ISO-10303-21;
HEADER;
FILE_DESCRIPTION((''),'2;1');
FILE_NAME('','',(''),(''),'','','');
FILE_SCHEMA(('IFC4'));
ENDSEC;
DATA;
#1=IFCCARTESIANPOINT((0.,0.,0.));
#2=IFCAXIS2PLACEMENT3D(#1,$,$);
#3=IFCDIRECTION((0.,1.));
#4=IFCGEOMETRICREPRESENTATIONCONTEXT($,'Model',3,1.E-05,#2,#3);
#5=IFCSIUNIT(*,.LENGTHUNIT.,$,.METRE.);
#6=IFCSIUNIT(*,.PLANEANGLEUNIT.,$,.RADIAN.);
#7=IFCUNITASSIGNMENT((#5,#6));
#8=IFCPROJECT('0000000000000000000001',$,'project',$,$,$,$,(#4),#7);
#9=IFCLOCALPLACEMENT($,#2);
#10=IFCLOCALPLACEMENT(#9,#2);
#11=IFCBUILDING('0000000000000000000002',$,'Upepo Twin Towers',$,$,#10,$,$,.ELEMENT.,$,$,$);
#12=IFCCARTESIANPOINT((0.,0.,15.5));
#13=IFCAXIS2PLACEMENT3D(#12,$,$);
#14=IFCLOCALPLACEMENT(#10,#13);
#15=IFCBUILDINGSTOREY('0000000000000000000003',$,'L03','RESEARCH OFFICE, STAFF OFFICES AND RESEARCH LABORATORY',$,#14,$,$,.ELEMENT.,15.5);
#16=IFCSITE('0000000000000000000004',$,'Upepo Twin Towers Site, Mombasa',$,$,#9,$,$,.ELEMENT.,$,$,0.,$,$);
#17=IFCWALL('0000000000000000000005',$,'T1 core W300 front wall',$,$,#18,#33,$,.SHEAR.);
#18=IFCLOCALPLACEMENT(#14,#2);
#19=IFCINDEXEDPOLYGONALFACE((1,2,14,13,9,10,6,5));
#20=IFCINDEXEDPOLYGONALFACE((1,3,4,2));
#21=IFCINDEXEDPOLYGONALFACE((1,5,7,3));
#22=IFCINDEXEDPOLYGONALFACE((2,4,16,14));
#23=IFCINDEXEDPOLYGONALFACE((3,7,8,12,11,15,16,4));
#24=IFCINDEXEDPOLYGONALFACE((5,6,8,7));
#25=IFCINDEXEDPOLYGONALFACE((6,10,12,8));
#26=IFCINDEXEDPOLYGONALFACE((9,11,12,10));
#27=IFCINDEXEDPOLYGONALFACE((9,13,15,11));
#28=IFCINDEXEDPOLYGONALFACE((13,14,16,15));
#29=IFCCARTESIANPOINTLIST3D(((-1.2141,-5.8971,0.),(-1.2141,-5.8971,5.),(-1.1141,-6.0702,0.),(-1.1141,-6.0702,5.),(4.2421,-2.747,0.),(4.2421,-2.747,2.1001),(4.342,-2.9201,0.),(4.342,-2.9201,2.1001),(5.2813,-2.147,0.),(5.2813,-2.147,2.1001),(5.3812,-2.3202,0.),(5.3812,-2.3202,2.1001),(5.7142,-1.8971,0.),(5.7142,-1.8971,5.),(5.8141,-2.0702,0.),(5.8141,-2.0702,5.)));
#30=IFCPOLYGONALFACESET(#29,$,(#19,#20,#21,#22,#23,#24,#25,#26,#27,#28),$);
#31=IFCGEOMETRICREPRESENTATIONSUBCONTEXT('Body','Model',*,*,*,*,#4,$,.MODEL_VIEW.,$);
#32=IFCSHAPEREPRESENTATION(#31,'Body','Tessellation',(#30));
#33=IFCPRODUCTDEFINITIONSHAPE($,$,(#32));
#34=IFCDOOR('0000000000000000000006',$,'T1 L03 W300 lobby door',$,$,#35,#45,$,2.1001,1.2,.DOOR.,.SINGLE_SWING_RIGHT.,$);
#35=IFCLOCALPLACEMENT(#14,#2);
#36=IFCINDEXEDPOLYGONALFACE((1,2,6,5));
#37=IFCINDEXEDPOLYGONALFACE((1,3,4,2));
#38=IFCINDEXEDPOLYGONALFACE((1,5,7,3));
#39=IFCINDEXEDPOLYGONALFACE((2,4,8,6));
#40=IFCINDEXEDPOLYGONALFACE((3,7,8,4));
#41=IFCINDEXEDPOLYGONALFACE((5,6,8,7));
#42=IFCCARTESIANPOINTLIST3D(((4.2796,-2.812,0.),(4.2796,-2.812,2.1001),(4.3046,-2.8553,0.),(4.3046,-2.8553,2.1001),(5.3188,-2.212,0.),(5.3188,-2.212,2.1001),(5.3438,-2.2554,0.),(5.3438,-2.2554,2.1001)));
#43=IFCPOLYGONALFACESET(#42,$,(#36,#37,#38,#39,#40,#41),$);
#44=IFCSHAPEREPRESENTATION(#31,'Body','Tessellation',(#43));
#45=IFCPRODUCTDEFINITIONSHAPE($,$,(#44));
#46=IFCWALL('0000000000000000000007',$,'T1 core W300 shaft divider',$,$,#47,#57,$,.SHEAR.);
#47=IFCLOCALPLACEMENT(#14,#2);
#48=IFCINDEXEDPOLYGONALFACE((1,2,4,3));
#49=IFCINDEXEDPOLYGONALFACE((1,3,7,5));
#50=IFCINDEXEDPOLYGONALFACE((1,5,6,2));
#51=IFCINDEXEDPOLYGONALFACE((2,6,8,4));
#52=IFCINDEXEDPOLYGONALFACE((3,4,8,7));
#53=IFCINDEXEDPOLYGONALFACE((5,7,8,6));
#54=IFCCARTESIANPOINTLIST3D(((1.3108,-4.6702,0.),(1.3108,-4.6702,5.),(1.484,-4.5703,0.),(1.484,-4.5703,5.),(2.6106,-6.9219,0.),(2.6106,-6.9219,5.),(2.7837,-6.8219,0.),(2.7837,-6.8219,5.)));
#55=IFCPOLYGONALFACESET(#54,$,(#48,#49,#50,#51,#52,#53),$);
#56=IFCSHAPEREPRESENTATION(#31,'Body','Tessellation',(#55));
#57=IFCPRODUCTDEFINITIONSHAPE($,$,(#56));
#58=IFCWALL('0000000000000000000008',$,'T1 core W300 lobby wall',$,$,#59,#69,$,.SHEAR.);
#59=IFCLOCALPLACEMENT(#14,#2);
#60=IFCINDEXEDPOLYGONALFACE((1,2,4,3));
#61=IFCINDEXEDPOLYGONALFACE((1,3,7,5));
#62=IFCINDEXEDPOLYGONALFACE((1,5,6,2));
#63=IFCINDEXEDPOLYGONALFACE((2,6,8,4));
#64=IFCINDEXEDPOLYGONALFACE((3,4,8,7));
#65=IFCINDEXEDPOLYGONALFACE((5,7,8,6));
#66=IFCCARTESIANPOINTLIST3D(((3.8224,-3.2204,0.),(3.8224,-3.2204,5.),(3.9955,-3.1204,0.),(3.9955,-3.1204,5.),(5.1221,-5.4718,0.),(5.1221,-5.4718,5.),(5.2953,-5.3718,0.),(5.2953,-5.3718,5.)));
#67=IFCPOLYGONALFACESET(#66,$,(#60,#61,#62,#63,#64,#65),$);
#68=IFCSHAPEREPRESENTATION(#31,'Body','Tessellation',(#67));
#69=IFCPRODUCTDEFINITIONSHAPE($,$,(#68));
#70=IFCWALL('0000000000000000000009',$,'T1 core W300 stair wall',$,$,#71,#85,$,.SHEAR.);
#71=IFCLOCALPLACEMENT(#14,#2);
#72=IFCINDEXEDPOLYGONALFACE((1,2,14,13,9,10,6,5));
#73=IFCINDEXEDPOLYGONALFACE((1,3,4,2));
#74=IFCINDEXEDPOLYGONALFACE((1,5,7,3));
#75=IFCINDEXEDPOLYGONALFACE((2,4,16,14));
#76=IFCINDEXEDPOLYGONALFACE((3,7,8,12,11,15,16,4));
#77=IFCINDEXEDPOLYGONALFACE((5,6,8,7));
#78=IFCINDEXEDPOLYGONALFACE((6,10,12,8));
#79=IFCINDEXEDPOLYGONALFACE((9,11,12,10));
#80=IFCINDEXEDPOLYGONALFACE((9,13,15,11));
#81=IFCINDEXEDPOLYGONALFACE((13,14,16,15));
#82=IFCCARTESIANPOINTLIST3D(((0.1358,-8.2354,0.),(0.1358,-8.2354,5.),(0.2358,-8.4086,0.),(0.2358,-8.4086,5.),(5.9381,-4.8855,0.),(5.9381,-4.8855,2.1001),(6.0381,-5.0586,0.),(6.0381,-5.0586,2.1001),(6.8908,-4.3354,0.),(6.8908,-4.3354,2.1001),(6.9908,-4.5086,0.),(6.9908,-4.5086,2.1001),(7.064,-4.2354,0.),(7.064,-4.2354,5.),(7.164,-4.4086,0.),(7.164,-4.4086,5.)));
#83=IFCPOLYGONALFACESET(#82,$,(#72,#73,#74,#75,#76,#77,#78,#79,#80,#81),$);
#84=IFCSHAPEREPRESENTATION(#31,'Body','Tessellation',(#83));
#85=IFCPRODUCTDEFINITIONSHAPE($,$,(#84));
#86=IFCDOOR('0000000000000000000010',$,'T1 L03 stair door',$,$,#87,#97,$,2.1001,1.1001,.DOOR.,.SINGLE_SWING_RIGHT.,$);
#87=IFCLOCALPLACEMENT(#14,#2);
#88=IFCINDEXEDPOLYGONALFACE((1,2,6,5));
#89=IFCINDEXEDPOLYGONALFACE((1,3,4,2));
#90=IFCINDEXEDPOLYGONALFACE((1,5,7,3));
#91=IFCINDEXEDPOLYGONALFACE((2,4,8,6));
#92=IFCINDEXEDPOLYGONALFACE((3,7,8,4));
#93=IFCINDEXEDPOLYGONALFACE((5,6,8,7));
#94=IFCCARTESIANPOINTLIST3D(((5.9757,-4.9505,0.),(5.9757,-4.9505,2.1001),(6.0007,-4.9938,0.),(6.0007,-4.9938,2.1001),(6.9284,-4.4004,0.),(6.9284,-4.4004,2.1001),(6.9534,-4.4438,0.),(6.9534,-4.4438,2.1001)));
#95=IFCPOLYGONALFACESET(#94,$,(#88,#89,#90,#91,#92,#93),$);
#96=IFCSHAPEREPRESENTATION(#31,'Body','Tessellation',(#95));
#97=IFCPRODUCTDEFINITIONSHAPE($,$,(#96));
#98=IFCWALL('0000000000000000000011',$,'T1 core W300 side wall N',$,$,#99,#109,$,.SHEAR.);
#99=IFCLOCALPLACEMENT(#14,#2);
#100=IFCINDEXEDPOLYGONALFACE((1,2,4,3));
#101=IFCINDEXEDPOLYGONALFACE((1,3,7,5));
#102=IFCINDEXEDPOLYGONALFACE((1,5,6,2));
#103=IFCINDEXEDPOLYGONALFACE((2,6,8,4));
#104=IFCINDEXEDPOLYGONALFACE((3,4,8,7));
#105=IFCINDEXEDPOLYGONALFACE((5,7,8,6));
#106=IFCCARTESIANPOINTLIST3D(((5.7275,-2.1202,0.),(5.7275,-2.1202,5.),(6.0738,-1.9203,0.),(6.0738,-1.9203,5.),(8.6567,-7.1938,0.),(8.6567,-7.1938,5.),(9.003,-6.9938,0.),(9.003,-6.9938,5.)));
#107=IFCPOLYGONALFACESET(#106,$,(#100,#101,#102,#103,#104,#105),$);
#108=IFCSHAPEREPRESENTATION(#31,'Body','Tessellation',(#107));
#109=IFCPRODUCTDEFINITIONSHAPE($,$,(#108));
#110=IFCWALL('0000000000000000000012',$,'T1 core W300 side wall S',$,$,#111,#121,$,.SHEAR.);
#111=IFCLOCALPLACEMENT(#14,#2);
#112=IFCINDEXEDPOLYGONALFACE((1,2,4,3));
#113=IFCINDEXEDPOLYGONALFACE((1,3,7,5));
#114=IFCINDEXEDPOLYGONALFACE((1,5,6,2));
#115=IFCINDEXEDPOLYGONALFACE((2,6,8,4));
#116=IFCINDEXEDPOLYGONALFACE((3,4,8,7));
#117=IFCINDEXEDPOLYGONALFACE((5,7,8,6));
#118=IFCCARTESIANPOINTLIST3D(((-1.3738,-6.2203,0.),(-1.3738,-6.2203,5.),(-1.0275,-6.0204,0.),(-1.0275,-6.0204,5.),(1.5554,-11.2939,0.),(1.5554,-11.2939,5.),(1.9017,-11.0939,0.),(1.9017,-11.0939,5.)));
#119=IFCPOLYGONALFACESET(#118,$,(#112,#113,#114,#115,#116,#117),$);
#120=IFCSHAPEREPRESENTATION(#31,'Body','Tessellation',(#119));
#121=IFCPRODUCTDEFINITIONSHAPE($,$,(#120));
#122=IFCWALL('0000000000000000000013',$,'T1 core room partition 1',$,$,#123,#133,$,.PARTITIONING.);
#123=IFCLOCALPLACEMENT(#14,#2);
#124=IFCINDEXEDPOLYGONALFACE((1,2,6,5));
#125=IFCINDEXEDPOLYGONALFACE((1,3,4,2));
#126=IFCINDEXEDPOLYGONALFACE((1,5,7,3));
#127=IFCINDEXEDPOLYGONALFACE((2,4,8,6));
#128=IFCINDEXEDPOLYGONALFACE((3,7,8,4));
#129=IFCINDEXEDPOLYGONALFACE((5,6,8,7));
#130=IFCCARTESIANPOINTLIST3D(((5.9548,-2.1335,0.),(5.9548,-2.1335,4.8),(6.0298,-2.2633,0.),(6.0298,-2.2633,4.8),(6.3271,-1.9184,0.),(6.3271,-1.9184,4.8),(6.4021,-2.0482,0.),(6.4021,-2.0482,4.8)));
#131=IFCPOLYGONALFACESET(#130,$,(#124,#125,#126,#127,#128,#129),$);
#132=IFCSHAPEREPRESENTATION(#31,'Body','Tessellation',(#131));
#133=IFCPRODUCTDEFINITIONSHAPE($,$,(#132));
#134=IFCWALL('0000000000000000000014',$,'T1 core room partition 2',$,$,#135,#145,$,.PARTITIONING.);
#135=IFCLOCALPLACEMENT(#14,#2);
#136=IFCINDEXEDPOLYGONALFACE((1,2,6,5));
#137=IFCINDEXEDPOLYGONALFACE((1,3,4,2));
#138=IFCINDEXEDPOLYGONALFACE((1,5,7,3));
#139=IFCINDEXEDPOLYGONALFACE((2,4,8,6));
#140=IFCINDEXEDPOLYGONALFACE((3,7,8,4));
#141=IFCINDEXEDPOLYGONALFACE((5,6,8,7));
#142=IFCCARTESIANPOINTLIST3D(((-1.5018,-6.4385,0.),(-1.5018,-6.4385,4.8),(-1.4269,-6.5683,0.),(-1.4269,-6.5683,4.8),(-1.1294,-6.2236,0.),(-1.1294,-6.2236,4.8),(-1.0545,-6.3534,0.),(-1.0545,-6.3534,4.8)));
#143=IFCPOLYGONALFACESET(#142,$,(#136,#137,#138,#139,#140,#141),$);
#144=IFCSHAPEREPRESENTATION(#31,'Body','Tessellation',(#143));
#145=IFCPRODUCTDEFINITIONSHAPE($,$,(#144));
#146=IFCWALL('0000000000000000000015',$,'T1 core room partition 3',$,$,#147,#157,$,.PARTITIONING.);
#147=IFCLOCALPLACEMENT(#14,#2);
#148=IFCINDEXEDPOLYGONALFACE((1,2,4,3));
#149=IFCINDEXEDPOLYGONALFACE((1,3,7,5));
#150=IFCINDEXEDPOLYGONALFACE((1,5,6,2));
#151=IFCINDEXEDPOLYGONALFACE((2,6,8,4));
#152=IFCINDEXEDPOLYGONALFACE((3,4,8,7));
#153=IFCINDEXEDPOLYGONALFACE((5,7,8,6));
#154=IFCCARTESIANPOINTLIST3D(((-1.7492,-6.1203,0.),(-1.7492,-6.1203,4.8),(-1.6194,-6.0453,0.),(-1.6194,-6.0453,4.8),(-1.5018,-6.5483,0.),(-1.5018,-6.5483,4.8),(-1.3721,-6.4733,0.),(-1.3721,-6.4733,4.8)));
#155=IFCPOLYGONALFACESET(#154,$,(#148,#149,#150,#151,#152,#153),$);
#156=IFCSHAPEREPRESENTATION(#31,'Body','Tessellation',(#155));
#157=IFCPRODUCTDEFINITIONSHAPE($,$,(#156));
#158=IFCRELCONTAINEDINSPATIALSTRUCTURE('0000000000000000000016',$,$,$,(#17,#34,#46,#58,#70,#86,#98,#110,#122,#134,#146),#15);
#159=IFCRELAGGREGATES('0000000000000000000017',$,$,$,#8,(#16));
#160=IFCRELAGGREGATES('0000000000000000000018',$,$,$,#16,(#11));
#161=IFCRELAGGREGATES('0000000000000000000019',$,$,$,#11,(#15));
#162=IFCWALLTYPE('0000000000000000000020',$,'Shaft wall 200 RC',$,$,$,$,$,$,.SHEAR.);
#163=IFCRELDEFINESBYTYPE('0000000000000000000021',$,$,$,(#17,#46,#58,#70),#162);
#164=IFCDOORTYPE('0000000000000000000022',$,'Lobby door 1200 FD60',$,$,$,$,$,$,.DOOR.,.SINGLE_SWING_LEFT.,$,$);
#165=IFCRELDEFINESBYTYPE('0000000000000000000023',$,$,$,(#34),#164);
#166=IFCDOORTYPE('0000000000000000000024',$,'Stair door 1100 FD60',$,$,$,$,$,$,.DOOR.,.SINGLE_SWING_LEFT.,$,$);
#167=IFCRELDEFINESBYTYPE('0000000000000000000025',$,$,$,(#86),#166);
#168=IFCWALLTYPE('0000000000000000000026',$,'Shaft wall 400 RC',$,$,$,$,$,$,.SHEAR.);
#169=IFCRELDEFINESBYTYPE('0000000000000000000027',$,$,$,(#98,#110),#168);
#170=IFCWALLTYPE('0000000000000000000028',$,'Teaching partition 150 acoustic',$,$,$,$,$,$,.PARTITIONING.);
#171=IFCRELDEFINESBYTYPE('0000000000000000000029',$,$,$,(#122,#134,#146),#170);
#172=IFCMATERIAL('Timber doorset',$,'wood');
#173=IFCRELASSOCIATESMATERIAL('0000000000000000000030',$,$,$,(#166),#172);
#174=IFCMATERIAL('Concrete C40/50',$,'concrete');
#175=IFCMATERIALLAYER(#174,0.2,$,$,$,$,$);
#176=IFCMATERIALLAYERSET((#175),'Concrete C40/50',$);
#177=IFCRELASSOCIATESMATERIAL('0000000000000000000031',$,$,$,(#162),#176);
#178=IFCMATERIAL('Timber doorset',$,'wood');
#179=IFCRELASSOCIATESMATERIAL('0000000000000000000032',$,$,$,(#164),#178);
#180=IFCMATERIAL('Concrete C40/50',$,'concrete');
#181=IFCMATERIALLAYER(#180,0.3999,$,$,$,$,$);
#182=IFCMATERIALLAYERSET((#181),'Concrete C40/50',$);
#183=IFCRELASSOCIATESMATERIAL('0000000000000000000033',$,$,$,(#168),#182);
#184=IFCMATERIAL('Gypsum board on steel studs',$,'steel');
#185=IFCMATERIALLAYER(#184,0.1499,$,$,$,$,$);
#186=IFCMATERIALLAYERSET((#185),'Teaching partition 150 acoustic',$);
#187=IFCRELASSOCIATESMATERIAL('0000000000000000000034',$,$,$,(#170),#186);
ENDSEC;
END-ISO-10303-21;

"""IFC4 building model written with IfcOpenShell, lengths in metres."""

from ifc_helpers import new_model, si_unit, direction, frame, frame_2d, origin, place, context, subcontext, project, spatial, rectangle, extrude, material, layer, layer_set, type_object, element, fill, save


model = new_model("IFC4")

# Units and contexts
model_context = context("Model", 3, precision=1e-05, world=origin(), true_north=direction((0.0, 1.0)))
body_context = subcontext(model_context, "Body", "Model", "MODEL_VIEW")
ifc_project = project(units=[si_unit("LENGTHUNIT", "METRE"), si_unit("PLANEANGLEUNIT", "RADIAN")], contexts=[model_context])

# Site, building, storey
site_placement = place(None, origin())
site = spatial("IfcSite", under=ifc_project, at=site_placement, Name="Upepo Twin Towers Site, Mombasa", CompositionType="ELEMENT", RefElevation=0.0)
building_placement = place(site_placement, origin())
building = spatial("IfcBuilding", under=site, at=building_placement, Name="Upepo Twin Towers", CompositionType="ELEMENT")
storey_placement = place(building_placement, frame((0.0, 0.0, 15.5)))
storey = spatial("IfcBuildingStorey", under=building, at=storey_placement, Name="L03", Description="RESEARCH OFFICE, STAFF OFFICES AND RESEARCH LABORATORY", CompositionType="ELEMENT", Elevation=15.5)

# Shared definitions
ifc_material_1 = material(Name="Timber doorset", Category="wood")
door_type_1 = type_object("IfcDoorType", Name="Stair door 1100 FD60", OperationType="SINGLE_SWING_LEFT", PredefinedType="DOOR", material=ifc_material_1)

# Wall, opening, door
ifc_material_2 = material(Name="Concrete C40/50", Category="concrete")
ifc_layer_1 = layer(ifc_material_2, 0.2)
ifc_layer_set_1 = layer_set([ifc_layer_1], Name="Concrete C40/50")
wall_type_1 = type_object("IfcWallType", Name="Shaft wall 200 RC", PredefinedType="SHEAR", material=ifc_layer_set_1)
wall_1_placement = place(storey_placement, frame((-1.1641, -5.9836, 0.0), z_axis=(0.0, 0.0, 1.0), x_axis=(0.866026, 0.499999, 0.0)))
wall_1 = element("IfcWall", 1, at=wall_1_placement, inside=storey, type_object=wall_type_1, Name="T1 core W300 front wall", PredefinedType="SHEAR", context=body_context, shape_type="SweptSolid", body=[
    extrude(rectangle(XDim=8.0, YDim=0.2, at=frame_2d((4.0, 0.0))), origin(), (0.0, 0.0, 1.0), 5.0),
])
opening_1_placement = place(wall_1_placement, frame((6.3, 0.0, 0.0)))
opening_1 = element("IfcOpeningElement", 2, at=opening_1_placement, cuts=wall_1, PredefinedType="OPENING", context=body_context, shape_type="SweptSolid", body=[
    extrude(rectangle(XDim=1.2, YDim=2.1001, at=frame_2d((0.6001, 1.05))), frame((0.0, 0.1099, 0.0), z_axis=(0.0, -1.0, 0.0), x_axis=(1.0, 0.0, 0.0)), (0.0, 0.0, 1.0), 0.22),
])
ifc_material_3 = material(Name="Timber doorset", Category="wood")
door_type_2 = type_object("IfcDoorType", Name="Lobby door 1200 FD60", OperationType="SINGLE_SWING_LEFT", PredefinedType="DOOR", material=ifc_material_3)
door_1_placement = place(opening_1_placement, origin())
door_1 = element("IfcDoor", 3, at=door_1_placement, inside=storey, type_object=door_type_2, Name="T1 L03 W300 lobby door", OperationType="SINGLE_SWING_RIGHT", OverallHeight=2.1001, OverallWidth=1.2, PredefinedType="DOOR", context=body_context, shape_type="SweptSolid", body=[
    extrude(rectangle(XDim=1.2, YDim=2.1001, at=frame_2d((0.6001, 1.05))), frame((0.0, 0.0249, 0.0), z_axis=(0.0, -1.0, 0.0), x_axis=(1.0, 0.0, 0.0)), (0.0, 0.0, 1.0), 0.05),
])
fill(opening_1, door_1)

# Walls
wall_2_placement = place(storey_placement, frame((1.3975, -4.6204, 0.0), z_axis=(0.0, 0.0, 1.0), x_axis=(0.499937, -0.866062, 0.0)))
element("IfcWall", 4, at=wall_2_placement, inside=storey, type_object=wall_type_1, Name="T1 core W300 shaft divider", PredefinedType="SHEAR", context=body_context, shape_type="SweptSolid", body=[
    extrude(rectangle(XDim=2.5999, YDim=0.2, at=frame_2d((1.2998, 0.0))), origin(), (0.0, 0.0, 1.0), 5.0),
])
wall_3_placement = place(storey_placement, frame((3.9089, -3.1704, 0.0), z_axis=(0.0, 0.0, 1.0), x_axis=(0.499977, -0.866039, 0.0)))
element("IfcWall", 5, at=wall_3_placement, inside=storey, type_object=wall_type_1, Name="T1 core W300 lobby wall", PredefinedType="SHEAR", context=body_context, shape_type="SweptSolid", body=[
    extrude(rectangle(XDim=2.5996, YDim=0.2, at=frame_2d((1.2998, 0.0))), origin(), (0.0, 0.0, 1.0), 5.0),
])

# Wall, opening, door
wall_4_placement = place(storey_placement, frame((0.1858, -8.322, 0.0), z_axis=(0.0, 0.0, 1.0), x_axis=(0.866026, 0.499999, 0.0)))
wall_4 = element("IfcWall", 6, at=wall_4_placement, inside=storey, type_object=wall_type_1, Name="T1 core W300 stair wall", PredefinedType="SHEAR", context=body_context, shape_type="SweptSolid", body=[
    extrude(rectangle(XDim=8.0, YDim=0.2, at=frame_2d((4.0, 0.0))), origin(), (0.0, 0.0, 1.0), 5.0),
])
opening_2_placement = place(wall_4_placement, frame((6.7, 0.0, 0.0)))
opening_2 = element("IfcOpeningElement", 7, at=opening_2_placement, cuts=wall_4, PredefinedType="OPENING", context=body_context, shape_type="SweptSolid", body=[
    extrude(rectangle(XDim=1.1001, YDim=2.1001, at=frame_2d((0.55, 1.05))), frame((0.0, 0.1099, 0.0), z_axis=(0.0, -1.0, 0.0), x_axis=(1.0, 0.0, 0.0)), (0.0, 0.0, 1.0), 0.22),
])
door_2_placement = place(opening_2_placement, origin())
door_2 = element("IfcDoor", 8, at=door_2_placement, inside=storey, type_object=door_type_1, Name="T1 L03 stair door", OperationType="SINGLE_SWING_RIGHT", OverallHeight=2.1001, OverallWidth=1.1001, PredefinedType="DOOR", context=body_context, shape_type="SweptSolid", body=[
    extrude(rectangle(XDim=1.1001, YDim=2.1001, at=frame_2d((0.55, 1.05))), frame((0.0, 0.0249, 0.0), z_axis=(0.0, -1.0, 0.0), x_axis=(1.0, 0.0, 0.0)), (0.0, 0.0, 1.0), 0.05),
])
fill(opening_2, door_2)

# Walls
ifc_material_4 = material(Name="Concrete C40/50", Category="concrete")
ifc_layer_2 = layer(ifc_material_4, 0.3999)
ifc_layer_set_2 = layer_set([ifc_layer_2], Name="Concrete C40/50")
wall_type_2 = type_object("IfcWallType", Name="Shaft wall 400 RC", PredefinedType="SHEAR", material=ifc_layer_set_2)
for number, where, z_axis, x_axis, name in (
    (9, (5.9006, -2.0203, 0.0), (0.0, 0.0, 1.0), (0.500003, -0.866024, 0.0), "T1 core W300 side wall N"),
    (10, (-1.2007, -6.1204, 0.0), (0.0, 0.0, 1.0), (0.500003, -0.866024, 0.0), "T1 core W300 side wall S"),
):
    element("IfcWall", number, at=place(storey_placement, frame(where, z_axis=z_axis, x_axis=x_axis)), inside=storey, type_object=wall_type_2, Name=name, PredefinedType="SHEAR", context=body_context, shape_type="SweptSolid", body=[
        extrude(rectangle(XDim=5.8584, YDim=0.3999, at=frame_2d((2.9292, 0.0))), origin(), (0.0, 0.0, 1.0), 5.0),
    ])
ifc_material_5 = material(Name="Gypsum board on steel studs", Category="steel")
ifc_layer_3 = layer(ifc_material_5, 0.1499)
ifc_layer_set_3 = layer_set([ifc_layer_3], Name="Teaching partition 150 acoustic")
wall_type_3 = type_object("IfcWallType", Name="Teaching partition 150 acoustic", PredefinedType="PARTITIONING", material=ifc_layer_set_3)
for number, where, z_axis, x_axis, name in (
    (11, (6.3645, -1.9834, 0.0), (0.0, 0.0, 1.0), (-0.865892, -0.50023, 0.0), "T1 core room partition 1"),
    (12, (-1.092, -6.2886, 0.0), (0.0, 0.0, 1.0), (-0.866138, -0.499804, 0.0), "T1 core room partition 2"),
):
    element("IfcWall", number, at=place(storey_placement, frame(where, z_axis=z_axis, x_axis=x_axis)), inside=storey, type_object=wall_type_3, Name=name, PredefinedType="PARTITIONING", context=body_context, shape_type="SweptSolid", body=[
        extrude(rectangle(XDim=0.4299, YDim=0.1499, at=frame_2d((0.2148, 0.0))), origin(), (0.0, 0.0, 1.0), 4.8),
    ])
wall_5_placement = place(storey_placement, frame((-1.437, -6.5107, 0.0), z_axis=(0.0, 0.0, 1.0), x_axis=(-0.500335, 0.865832, 0.0)))
element("IfcWall", 13, at=wall_5_placement, inside=storey, type_object=wall_type_3, Name="T1 core room partition 3", PredefinedType="PARTITIONING", context=body_context, shape_type="SweptSolid", body=[
    extrude(rectangle(XDim=0.4944, YDim=0.1499, at=frame_2d((0.2471, 0.0))), origin(), (0.0, 0.0, 1.0), 4.8),
])

save(model, "model.ifc")
